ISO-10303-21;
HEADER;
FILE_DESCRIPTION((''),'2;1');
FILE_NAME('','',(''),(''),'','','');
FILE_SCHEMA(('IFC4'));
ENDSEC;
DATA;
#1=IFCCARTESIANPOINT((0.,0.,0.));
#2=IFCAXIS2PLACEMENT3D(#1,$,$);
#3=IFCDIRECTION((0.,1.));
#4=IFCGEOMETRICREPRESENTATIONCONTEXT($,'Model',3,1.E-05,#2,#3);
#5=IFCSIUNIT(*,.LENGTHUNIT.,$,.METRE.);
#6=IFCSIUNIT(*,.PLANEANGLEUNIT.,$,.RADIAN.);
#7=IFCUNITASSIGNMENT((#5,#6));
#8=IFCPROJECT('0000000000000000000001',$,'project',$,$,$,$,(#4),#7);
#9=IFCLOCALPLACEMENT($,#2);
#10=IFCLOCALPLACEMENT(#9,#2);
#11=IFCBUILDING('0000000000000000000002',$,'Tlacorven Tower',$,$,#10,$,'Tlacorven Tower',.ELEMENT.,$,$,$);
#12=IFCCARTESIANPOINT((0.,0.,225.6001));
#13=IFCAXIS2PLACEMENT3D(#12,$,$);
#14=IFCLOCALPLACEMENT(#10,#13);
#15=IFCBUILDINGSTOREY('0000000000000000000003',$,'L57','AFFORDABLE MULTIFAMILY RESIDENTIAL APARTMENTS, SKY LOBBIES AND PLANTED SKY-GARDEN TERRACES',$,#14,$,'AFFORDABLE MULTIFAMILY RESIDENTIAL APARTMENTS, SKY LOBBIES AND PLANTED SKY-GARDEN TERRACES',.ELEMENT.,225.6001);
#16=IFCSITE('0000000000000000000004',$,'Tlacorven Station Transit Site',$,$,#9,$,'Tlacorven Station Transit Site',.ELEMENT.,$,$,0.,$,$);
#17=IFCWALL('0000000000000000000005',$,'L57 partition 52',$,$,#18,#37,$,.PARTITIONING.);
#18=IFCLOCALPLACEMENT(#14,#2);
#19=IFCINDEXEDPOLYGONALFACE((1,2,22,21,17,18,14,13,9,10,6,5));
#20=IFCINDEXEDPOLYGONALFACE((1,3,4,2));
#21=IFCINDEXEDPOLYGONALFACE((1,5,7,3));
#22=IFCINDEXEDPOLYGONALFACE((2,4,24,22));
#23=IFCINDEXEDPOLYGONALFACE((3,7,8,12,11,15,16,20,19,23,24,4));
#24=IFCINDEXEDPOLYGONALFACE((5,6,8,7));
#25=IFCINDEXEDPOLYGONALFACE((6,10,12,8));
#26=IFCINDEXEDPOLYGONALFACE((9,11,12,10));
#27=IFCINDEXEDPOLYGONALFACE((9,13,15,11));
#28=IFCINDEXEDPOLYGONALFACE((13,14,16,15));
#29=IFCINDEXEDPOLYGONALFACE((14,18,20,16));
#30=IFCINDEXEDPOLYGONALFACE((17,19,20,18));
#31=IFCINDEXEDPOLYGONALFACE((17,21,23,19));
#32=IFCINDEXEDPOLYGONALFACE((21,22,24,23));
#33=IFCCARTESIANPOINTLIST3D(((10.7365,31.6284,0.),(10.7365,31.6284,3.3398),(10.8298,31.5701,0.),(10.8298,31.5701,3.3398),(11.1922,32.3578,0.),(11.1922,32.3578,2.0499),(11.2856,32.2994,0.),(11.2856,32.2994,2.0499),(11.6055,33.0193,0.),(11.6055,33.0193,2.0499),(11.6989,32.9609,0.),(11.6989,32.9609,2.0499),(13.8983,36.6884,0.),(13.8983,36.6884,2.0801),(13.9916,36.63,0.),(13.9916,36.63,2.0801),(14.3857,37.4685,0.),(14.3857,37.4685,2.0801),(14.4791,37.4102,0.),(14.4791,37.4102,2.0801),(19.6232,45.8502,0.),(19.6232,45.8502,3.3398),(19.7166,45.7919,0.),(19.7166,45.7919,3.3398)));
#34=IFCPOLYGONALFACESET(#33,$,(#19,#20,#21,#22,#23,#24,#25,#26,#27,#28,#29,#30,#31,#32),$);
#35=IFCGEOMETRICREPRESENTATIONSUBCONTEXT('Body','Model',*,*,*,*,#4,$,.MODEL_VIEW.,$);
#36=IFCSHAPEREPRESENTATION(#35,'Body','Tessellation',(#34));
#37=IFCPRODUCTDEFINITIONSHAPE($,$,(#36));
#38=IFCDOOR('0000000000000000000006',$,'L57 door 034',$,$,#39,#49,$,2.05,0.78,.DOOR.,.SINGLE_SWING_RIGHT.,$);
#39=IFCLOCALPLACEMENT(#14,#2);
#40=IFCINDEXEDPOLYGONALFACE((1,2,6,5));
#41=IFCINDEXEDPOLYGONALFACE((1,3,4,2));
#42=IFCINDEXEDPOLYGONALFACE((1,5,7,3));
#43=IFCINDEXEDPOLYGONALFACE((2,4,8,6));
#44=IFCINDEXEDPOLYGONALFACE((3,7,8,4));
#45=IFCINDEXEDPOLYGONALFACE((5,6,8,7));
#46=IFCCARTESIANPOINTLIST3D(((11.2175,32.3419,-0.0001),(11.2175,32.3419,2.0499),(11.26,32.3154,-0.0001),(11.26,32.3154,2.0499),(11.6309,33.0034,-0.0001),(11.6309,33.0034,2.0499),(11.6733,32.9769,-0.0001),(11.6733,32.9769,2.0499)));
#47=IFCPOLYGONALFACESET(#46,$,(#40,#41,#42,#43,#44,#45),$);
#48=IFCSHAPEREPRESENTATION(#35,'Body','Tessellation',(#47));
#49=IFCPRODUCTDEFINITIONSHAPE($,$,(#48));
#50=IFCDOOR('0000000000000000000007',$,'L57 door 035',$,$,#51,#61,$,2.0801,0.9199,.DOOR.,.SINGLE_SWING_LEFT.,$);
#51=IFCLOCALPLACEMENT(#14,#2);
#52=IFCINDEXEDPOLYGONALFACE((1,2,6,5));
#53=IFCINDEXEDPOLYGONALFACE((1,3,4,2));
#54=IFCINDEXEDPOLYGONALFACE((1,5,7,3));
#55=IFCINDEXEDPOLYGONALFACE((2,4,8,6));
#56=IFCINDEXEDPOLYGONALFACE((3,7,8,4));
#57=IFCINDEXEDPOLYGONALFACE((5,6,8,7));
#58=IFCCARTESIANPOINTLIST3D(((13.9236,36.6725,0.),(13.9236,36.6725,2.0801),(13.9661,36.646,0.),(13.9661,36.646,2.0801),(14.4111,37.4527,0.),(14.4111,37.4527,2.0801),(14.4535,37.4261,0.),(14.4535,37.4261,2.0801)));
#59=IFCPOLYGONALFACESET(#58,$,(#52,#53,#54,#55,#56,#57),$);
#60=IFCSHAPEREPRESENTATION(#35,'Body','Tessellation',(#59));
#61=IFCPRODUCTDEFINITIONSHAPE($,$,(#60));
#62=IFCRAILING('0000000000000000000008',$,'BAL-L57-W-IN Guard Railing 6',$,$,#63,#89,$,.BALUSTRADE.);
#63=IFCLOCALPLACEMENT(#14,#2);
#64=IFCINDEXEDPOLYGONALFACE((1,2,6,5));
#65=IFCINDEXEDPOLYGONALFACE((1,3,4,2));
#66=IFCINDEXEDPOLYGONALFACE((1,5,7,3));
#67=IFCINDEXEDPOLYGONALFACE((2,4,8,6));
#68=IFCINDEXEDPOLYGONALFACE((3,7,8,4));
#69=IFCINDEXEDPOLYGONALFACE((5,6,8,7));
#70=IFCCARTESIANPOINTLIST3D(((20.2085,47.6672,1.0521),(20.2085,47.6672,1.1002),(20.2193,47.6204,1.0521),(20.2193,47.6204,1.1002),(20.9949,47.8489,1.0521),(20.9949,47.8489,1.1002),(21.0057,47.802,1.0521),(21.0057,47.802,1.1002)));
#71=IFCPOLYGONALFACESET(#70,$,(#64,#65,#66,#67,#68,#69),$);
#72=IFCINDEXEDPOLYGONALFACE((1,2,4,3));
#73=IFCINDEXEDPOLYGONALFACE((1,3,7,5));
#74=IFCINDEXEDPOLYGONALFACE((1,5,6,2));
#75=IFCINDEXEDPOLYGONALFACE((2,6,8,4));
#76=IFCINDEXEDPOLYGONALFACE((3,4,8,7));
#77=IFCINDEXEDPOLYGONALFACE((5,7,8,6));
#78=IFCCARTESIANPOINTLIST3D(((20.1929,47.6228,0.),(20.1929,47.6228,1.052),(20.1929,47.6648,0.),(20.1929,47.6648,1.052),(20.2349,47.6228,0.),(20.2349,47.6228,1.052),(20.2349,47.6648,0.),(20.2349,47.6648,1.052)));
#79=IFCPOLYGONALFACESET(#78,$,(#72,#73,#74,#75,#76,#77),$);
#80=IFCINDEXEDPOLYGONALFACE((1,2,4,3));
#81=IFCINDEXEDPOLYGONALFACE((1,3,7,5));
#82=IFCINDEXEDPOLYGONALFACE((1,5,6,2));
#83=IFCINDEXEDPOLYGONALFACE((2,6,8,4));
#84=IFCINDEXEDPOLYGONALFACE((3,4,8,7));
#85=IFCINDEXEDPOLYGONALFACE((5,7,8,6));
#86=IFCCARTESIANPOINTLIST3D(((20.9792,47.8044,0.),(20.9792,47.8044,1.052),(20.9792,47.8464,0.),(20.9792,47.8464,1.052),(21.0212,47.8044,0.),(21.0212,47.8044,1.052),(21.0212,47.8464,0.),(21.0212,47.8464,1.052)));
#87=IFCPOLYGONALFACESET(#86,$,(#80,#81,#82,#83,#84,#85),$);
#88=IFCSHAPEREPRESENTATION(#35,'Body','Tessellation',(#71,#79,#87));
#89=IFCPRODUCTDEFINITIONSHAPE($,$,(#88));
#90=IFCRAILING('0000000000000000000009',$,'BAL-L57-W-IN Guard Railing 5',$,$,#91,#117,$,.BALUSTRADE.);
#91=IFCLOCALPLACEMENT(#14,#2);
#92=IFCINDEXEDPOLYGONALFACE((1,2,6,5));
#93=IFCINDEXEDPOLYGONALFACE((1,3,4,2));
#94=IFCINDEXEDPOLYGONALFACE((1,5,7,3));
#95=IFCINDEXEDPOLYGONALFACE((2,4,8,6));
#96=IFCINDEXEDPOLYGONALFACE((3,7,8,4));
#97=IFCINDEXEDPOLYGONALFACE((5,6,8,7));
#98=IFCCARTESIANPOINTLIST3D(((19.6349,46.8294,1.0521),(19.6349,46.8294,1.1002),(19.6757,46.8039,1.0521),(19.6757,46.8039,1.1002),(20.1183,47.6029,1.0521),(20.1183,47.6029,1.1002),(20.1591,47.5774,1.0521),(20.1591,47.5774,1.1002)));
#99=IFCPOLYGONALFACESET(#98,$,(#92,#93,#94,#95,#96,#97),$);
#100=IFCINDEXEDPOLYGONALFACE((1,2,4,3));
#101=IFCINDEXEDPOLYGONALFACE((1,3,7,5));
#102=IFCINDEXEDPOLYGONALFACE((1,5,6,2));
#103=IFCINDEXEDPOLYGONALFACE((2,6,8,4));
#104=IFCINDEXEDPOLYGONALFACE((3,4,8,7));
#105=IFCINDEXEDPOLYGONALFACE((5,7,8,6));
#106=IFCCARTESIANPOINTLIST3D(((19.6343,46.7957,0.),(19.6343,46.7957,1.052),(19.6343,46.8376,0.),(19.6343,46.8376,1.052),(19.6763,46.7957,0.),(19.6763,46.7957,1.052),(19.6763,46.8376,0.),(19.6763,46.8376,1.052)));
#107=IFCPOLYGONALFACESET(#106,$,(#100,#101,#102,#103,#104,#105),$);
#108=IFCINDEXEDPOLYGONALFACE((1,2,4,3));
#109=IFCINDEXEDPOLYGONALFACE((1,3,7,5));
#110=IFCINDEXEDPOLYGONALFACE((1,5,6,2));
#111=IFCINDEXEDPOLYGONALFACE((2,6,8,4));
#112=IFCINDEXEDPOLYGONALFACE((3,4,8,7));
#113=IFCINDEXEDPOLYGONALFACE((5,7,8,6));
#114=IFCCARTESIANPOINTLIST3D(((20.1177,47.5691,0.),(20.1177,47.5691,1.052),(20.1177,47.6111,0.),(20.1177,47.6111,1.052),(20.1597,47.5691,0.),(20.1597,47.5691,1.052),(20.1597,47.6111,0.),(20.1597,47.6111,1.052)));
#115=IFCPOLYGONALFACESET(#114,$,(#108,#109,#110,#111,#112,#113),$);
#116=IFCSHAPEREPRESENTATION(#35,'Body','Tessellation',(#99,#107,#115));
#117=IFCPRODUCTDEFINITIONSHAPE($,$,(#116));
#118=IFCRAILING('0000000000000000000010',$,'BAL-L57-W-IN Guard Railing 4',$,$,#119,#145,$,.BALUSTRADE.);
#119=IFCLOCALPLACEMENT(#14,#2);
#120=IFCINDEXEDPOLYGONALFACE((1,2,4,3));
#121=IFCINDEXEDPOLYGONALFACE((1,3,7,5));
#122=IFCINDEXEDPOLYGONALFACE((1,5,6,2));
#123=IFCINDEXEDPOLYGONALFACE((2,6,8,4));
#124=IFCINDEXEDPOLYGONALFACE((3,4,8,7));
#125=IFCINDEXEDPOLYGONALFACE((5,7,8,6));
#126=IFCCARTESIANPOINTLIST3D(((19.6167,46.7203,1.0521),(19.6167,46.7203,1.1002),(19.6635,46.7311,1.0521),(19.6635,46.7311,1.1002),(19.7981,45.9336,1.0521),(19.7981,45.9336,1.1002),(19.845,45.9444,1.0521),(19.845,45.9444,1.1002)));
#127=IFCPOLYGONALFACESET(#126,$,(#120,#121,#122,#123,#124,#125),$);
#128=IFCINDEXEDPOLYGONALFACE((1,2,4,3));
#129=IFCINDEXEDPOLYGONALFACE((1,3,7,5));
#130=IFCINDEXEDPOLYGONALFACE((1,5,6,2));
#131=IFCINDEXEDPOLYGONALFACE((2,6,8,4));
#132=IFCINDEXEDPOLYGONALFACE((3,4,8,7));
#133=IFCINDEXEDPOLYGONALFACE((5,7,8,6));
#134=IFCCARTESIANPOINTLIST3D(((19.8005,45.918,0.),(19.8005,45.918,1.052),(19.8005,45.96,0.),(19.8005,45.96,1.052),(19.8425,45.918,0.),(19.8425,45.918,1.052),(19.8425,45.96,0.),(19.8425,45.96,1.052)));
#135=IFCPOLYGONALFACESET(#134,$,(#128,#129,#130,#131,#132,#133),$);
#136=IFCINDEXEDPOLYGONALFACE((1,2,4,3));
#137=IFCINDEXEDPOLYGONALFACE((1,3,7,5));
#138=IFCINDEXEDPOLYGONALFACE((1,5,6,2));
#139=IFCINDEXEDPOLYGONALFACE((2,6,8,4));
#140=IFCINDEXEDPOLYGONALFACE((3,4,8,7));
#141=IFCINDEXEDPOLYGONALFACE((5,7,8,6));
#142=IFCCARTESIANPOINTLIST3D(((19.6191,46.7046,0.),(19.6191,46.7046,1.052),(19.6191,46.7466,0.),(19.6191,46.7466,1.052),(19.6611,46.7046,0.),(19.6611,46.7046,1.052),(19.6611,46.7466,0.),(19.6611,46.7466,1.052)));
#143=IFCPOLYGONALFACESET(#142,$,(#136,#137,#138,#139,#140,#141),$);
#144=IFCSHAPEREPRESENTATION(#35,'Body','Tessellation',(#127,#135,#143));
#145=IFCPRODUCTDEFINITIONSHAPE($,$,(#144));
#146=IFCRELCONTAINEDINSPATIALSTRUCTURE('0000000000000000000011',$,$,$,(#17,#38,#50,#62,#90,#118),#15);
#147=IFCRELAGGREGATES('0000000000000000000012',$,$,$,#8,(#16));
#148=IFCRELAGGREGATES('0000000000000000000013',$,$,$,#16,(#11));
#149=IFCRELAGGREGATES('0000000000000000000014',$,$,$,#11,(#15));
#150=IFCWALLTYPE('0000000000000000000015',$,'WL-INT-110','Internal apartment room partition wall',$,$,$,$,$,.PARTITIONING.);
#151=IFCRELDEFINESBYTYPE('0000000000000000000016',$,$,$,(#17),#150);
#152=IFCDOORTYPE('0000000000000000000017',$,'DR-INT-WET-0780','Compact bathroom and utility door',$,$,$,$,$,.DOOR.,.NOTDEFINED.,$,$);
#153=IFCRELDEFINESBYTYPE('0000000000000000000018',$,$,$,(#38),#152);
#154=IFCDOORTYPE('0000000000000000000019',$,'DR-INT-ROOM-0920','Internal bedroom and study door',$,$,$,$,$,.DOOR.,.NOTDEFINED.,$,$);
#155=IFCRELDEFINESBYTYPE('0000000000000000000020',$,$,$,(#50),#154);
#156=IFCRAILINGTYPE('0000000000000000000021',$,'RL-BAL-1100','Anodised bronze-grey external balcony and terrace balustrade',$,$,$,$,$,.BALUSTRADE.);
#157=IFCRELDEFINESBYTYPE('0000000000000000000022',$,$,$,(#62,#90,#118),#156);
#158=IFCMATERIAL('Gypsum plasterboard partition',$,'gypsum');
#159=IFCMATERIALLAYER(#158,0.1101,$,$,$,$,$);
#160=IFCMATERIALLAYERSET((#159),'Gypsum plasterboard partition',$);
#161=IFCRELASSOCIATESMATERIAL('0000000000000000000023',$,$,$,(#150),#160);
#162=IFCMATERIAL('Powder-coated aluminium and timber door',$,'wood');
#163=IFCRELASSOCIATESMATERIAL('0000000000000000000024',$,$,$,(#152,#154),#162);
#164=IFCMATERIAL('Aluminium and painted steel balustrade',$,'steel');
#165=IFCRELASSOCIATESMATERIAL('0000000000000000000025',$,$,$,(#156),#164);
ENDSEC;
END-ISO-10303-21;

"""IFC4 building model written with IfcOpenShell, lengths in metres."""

from ifc_helpers import new_model, si_unit, direction, frame, frame_2d, origin, origin_2d, place, context, subcontext, project, spatial, rectangle, extrude, source, transform, mapped, material, layer, layer_set, type_object, element, fill, save


model = new_model("IFC4")

# Units and contexts
model_context = context("Model", 3, precision=1e-05, world=origin(), true_north=direction((0.0, 1.0)))
body_context = subcontext(model_context, "Body", "Model", "MODEL_VIEW")
ifc_project = project(units=[si_unit("LENGTHUNIT", "METRE"), si_unit("PLANEANGLEUNIT", "RADIAN")], contexts=[model_context])

# Site, building, storey
site_placement = place(None, origin())
site = spatial("IfcSite", under=ifc_project, at=site_placement, Name="Tlacorven Station Transit Site", LongName="Tlacorven Station Transit Site", CompositionType="ELEMENT", RefElevation=0.0)
building_placement = place(site_placement, origin())
building = spatial("IfcBuilding", under=site, at=building_placement, Name="Tlacorven Tower", LongName="Tlacorven Tower", CompositionType="ELEMENT")
storey_placement = place(building_placement, frame((0.0, 0.0, 225.6001)))
storey = spatial("IfcBuildingStorey", under=building, at=storey_placement, Name="L57", Description="AFFORDABLE MULTIFAMILY RESIDENTIAL APARTMENTS, SKY LOBBIES AND PLANTED SKY-GARDEN TERRACES", LongName="AFFORDABLE MULTIFAMILY RESIDENTIAL APARTMENTS, SKY LOBBIES AND PLANTED SKY-GARDEN TERRACES", CompositionType="ELEMENT", Elevation=225.6001)

# Shared definitions
ifc_material_1 = material(Name="Powder-coated aluminium and timber door", Category="wood")

# Wall, openings, doors
ifc_material_2 = material(Name="Gypsum plasterboard partition", Category="gypsum")
ifc_layer_1 = layer(ifc_material_2, 0.1101)
ifc_layer_set_1 = layer_set([ifc_layer_1], Name="Gypsum plasterboard partition")
wall_type_1 = type_object("IfcWallType", Name="WL-INT-110", Description="Internal apartment room partition wall", PredefinedType="PARTITIONING", material=ifc_layer_set_1)
wall_1_placement = place(storey_placement, frame((19.6699, 45.821, 0.0), z_axis=(0.0, 0.0, 1.0), x_axis=(-0.52992, -0.848047, 0.0)))
wall_1 = element("IfcWall", 1, at=wall_1_placement, inside=storey, type_object=wall_type_1, Name="L57 partition 52", PredefinedType="PARTITIONING", context=body_context, shape_type="SweptSolid", body=[
    extrude(rectangle(XDim=16.77, YDim=0.1101, at=frame_2d((8.385, 0.0))), origin(), (0.0, 0.0, 1.0), 3.3398),
])
opening_1_placement = place(wall_1_placement, frame((15.1299, 0.0, 0.0)))
opening_1 = element("IfcOpeningElement", 2, at=opening_1_placement, cuts=wall_1, PredefinedType="OPENING", context=body_context, shape_type="SweptSolid", body=[
    extrude(rectangle(XDim=0.78, YDim=2.05, at=frame_2d((0.3901, 1.0249))), frame((0.0, 0.0649, 0.0), z_axis=(0.0, -1.0, 0.0), x_axis=(1.0, 0.0, 0.0)), (0.0, 0.0, 1.0), 0.1301),
])
opening_2_placement = place(wall_1_placement, frame((9.8835, 0.0, 0.0)))
opening_2 = element("IfcOpeningElement", 3, at=opening_2_placement, cuts=wall_1, PredefinedType="OPENING", context=body_context, shape_type="SweptSolid", body=[
    extrude(rectangle(XDim=0.9199, YDim=2.0801, at=frame_2d((0.46, 1.04))), frame((0.0, 0.0649, 0.0), z_axis=(0.0, -1.0, 0.0), x_axis=(1.0, 0.0, 0.0)), (0.0, 0.0, 1.0), 0.1301),
])
door_type_1 = type_object("IfcDoorType", Name="DR-INT-WET-0780", Description="Compact bathroom and utility door", OperationType="NOTDEFINED", PredefinedType="DOOR", material=ifc_material_1)
shared_shape_1 = source(origin(), body_context, "Body", "SweptSolid", [
    extrude(rectangle(XDim=0.78, YDim=2.05, at=frame_2d((0.3901, 1.0249))), frame((0.0, 0.0249, 0.0), z_axis=(0.0, -1.0, 0.0), x_axis=(1.0, 0.0, 0.0)), (0.0, 0.0, 1.0), 0.05),
])
door_1_placement = place(opening_1_placement, origin())
door_1 = element("IfcDoor", 4, at=door_1_placement, inside=storey, type_object=door_type_1, Name="L57 door 034", OperationType="SINGLE_SWING_RIGHT", OverallHeight=2.05, OverallWidth=0.78, PredefinedType="DOOR", context=body_context, shape_type="MappedRepresentation", body=[
    mapped(shared_shape_1, transform((0.0, 0.0, 0.0), scale=1.0)),
])
fill(opening_1, door_1)
door_type_2 = type_object("IfcDoorType", Name="DR-INT-ROOM-0920", Description="Internal bedroom and study door", OperationType="NOTDEFINED", PredefinedType="DOOR", material=ifc_material_1)
shared_shape_2 = source(origin(), body_context, "Body", "SweptSolid", [
    extrude(rectangle(XDim=0.9199, YDim=2.0801, at=frame_2d((0.46, 1.04))), frame((0.0, 0.0249, 0.0), z_axis=(0.0, -1.0, 0.0), x_axis=(1.0, 0.0, 0.0)), (0.0, 0.0, 1.0), 0.05),
])
door_2_placement = place(opening_2_placement, origin())
door_2 = element("IfcDoor", 5, at=door_2_placement, inside=storey, type_object=door_type_2, Name="L57 door 035", OperationType="SINGLE_SWING_LEFT", OverallHeight=2.0801, OverallWidth=0.9199, PredefinedType="DOOR", context=body_context, shape_type="MappedRepresentation", body=[
    mapped(shared_shape_2, transform((0.0, 0.0, 0.0), scale=1.0)),
])
fill(opening_2, door_2)

# Railings
ifc_material_3 = material(Name="Aluminium and painted steel balustrade", Category="steel")
railing_type = type_object("IfcRailingType", Name="RL-BAL-1100", Description="Anodised bronze-grey external balcony and terrace balustrade", PredefinedType="BALUSTRADE", material=ifc_material_3)
shared_shape_3 = source(origin(), body_context, "Body", "SweptSolid", [
    extrude(rectangle(XDim=0.0481, YDim=0.0481, at=origin_2d()), frame((0.0, 0.0, 1.0762), z_axis=(0.974345, 0.225058, 0.0), x_axis=(-0.225058, 0.974345, 0.0)), (0.0, 0.0, 1.0), 0.8071),
    extrude(rectangle(XDim=0.042, YDim=0.042, at=origin_2d()), origin(), (0.0, 0.0, 1.0), 1.052),
    extrude(rectangle(XDim=0.042, YDim=0.042, at=origin_2d()), frame((0.7864, 0.1816, 0.0)), (0.0, 0.0, 1.0), 1.052),
])
railing_1_placement = place(storey_placement, frame((20.2139, 47.6438, 0.0)))
element("IfcRailing", 6, at=railing_1_placement, inside=storey, type_object=railing_type, Name="BAL-L57-W-IN Guard Railing 6", PredefinedType="BALUSTRADE", context=body_context, shape_type="MappedRepresentation", body=[
    mapped(shared_shape_3, transform((0.0, 0.0, 0.0), scale=1.0)),
])
shared_shape_4 = source(origin(), body_context, "Body", "SweptSolid", [
    extrude(rectangle(XDim=0.0481, YDim=0.0481, at=origin_2d()), frame((0.0, 0.0, 1.0762), z_axis=(0.529999, 0.847998, 0.0), x_axis=(-0.847998, 0.529999, 0.0)), (0.0, 0.0, 1.0), 0.9121),
    extrude(rectangle(XDim=0.042, YDim=0.042, at=origin_2d()), origin(), (0.0, 0.0, 1.0), 1.052),
    extrude(rectangle(XDim=0.042, YDim=0.042, at=origin_2d()), frame((0.4834, 0.7734, 0.0)), (0.0, 0.0, 1.0), 1.052),
])
railing_2_placement = place(storey_placement, frame((19.6553, 46.8167, 0.0)))
element("IfcRailing", 7, at=railing_2_placement, inside=storey, type_object=railing_type, Name="BAL-L57-W-IN Guard Railing 5", PredefinedType="BALUSTRADE", context=body_context, shape_type="MappedRepresentation", body=[
    mapped(shared_shape_4, transform((0.0, 0.0, 0.0), scale=1.0)),
])
shared_shape_5 = source(origin(), body_context, "Body", "SweptSolid", [
    extrude(rectangle(XDim=0.0481, YDim=0.0481, at=origin_2d()), frame((0.0, 0.0, 1.0762), z_axis=(-0.224705, 0.974427, 0.0), x_axis=(-0.974427, -0.224705, 0.0)), (0.0, 0.0, 1.0), 0.8074),
    extrude(rectangle(XDim=0.042, YDim=0.042, at=origin_2d()), origin(), (0.0, 0.0, 1.0), 1.052),
    extrude(rectangle(XDim=0.042, YDim=0.042, at=origin_2d()), frame((-0.1814, 0.7866, 0.0)), (0.0, 0.0, 1.0), 1.052),
])
railing_3_placement = place(storey_placement, frame((19.8215, 45.939, 0.0)))
element("IfcRailing", 8, at=railing_3_placement, inside=storey, type_object=railing_type, Name="BAL-L57-W-IN Guard Railing 4", PredefinedType="BALUSTRADE", context=body_context, shape_type="MappedRepresentation", body=[
    mapped(shared_shape_5, transform((0.0, 0.0, 0.0), scale=1.0)),
])

save(model, "model.ifc")
